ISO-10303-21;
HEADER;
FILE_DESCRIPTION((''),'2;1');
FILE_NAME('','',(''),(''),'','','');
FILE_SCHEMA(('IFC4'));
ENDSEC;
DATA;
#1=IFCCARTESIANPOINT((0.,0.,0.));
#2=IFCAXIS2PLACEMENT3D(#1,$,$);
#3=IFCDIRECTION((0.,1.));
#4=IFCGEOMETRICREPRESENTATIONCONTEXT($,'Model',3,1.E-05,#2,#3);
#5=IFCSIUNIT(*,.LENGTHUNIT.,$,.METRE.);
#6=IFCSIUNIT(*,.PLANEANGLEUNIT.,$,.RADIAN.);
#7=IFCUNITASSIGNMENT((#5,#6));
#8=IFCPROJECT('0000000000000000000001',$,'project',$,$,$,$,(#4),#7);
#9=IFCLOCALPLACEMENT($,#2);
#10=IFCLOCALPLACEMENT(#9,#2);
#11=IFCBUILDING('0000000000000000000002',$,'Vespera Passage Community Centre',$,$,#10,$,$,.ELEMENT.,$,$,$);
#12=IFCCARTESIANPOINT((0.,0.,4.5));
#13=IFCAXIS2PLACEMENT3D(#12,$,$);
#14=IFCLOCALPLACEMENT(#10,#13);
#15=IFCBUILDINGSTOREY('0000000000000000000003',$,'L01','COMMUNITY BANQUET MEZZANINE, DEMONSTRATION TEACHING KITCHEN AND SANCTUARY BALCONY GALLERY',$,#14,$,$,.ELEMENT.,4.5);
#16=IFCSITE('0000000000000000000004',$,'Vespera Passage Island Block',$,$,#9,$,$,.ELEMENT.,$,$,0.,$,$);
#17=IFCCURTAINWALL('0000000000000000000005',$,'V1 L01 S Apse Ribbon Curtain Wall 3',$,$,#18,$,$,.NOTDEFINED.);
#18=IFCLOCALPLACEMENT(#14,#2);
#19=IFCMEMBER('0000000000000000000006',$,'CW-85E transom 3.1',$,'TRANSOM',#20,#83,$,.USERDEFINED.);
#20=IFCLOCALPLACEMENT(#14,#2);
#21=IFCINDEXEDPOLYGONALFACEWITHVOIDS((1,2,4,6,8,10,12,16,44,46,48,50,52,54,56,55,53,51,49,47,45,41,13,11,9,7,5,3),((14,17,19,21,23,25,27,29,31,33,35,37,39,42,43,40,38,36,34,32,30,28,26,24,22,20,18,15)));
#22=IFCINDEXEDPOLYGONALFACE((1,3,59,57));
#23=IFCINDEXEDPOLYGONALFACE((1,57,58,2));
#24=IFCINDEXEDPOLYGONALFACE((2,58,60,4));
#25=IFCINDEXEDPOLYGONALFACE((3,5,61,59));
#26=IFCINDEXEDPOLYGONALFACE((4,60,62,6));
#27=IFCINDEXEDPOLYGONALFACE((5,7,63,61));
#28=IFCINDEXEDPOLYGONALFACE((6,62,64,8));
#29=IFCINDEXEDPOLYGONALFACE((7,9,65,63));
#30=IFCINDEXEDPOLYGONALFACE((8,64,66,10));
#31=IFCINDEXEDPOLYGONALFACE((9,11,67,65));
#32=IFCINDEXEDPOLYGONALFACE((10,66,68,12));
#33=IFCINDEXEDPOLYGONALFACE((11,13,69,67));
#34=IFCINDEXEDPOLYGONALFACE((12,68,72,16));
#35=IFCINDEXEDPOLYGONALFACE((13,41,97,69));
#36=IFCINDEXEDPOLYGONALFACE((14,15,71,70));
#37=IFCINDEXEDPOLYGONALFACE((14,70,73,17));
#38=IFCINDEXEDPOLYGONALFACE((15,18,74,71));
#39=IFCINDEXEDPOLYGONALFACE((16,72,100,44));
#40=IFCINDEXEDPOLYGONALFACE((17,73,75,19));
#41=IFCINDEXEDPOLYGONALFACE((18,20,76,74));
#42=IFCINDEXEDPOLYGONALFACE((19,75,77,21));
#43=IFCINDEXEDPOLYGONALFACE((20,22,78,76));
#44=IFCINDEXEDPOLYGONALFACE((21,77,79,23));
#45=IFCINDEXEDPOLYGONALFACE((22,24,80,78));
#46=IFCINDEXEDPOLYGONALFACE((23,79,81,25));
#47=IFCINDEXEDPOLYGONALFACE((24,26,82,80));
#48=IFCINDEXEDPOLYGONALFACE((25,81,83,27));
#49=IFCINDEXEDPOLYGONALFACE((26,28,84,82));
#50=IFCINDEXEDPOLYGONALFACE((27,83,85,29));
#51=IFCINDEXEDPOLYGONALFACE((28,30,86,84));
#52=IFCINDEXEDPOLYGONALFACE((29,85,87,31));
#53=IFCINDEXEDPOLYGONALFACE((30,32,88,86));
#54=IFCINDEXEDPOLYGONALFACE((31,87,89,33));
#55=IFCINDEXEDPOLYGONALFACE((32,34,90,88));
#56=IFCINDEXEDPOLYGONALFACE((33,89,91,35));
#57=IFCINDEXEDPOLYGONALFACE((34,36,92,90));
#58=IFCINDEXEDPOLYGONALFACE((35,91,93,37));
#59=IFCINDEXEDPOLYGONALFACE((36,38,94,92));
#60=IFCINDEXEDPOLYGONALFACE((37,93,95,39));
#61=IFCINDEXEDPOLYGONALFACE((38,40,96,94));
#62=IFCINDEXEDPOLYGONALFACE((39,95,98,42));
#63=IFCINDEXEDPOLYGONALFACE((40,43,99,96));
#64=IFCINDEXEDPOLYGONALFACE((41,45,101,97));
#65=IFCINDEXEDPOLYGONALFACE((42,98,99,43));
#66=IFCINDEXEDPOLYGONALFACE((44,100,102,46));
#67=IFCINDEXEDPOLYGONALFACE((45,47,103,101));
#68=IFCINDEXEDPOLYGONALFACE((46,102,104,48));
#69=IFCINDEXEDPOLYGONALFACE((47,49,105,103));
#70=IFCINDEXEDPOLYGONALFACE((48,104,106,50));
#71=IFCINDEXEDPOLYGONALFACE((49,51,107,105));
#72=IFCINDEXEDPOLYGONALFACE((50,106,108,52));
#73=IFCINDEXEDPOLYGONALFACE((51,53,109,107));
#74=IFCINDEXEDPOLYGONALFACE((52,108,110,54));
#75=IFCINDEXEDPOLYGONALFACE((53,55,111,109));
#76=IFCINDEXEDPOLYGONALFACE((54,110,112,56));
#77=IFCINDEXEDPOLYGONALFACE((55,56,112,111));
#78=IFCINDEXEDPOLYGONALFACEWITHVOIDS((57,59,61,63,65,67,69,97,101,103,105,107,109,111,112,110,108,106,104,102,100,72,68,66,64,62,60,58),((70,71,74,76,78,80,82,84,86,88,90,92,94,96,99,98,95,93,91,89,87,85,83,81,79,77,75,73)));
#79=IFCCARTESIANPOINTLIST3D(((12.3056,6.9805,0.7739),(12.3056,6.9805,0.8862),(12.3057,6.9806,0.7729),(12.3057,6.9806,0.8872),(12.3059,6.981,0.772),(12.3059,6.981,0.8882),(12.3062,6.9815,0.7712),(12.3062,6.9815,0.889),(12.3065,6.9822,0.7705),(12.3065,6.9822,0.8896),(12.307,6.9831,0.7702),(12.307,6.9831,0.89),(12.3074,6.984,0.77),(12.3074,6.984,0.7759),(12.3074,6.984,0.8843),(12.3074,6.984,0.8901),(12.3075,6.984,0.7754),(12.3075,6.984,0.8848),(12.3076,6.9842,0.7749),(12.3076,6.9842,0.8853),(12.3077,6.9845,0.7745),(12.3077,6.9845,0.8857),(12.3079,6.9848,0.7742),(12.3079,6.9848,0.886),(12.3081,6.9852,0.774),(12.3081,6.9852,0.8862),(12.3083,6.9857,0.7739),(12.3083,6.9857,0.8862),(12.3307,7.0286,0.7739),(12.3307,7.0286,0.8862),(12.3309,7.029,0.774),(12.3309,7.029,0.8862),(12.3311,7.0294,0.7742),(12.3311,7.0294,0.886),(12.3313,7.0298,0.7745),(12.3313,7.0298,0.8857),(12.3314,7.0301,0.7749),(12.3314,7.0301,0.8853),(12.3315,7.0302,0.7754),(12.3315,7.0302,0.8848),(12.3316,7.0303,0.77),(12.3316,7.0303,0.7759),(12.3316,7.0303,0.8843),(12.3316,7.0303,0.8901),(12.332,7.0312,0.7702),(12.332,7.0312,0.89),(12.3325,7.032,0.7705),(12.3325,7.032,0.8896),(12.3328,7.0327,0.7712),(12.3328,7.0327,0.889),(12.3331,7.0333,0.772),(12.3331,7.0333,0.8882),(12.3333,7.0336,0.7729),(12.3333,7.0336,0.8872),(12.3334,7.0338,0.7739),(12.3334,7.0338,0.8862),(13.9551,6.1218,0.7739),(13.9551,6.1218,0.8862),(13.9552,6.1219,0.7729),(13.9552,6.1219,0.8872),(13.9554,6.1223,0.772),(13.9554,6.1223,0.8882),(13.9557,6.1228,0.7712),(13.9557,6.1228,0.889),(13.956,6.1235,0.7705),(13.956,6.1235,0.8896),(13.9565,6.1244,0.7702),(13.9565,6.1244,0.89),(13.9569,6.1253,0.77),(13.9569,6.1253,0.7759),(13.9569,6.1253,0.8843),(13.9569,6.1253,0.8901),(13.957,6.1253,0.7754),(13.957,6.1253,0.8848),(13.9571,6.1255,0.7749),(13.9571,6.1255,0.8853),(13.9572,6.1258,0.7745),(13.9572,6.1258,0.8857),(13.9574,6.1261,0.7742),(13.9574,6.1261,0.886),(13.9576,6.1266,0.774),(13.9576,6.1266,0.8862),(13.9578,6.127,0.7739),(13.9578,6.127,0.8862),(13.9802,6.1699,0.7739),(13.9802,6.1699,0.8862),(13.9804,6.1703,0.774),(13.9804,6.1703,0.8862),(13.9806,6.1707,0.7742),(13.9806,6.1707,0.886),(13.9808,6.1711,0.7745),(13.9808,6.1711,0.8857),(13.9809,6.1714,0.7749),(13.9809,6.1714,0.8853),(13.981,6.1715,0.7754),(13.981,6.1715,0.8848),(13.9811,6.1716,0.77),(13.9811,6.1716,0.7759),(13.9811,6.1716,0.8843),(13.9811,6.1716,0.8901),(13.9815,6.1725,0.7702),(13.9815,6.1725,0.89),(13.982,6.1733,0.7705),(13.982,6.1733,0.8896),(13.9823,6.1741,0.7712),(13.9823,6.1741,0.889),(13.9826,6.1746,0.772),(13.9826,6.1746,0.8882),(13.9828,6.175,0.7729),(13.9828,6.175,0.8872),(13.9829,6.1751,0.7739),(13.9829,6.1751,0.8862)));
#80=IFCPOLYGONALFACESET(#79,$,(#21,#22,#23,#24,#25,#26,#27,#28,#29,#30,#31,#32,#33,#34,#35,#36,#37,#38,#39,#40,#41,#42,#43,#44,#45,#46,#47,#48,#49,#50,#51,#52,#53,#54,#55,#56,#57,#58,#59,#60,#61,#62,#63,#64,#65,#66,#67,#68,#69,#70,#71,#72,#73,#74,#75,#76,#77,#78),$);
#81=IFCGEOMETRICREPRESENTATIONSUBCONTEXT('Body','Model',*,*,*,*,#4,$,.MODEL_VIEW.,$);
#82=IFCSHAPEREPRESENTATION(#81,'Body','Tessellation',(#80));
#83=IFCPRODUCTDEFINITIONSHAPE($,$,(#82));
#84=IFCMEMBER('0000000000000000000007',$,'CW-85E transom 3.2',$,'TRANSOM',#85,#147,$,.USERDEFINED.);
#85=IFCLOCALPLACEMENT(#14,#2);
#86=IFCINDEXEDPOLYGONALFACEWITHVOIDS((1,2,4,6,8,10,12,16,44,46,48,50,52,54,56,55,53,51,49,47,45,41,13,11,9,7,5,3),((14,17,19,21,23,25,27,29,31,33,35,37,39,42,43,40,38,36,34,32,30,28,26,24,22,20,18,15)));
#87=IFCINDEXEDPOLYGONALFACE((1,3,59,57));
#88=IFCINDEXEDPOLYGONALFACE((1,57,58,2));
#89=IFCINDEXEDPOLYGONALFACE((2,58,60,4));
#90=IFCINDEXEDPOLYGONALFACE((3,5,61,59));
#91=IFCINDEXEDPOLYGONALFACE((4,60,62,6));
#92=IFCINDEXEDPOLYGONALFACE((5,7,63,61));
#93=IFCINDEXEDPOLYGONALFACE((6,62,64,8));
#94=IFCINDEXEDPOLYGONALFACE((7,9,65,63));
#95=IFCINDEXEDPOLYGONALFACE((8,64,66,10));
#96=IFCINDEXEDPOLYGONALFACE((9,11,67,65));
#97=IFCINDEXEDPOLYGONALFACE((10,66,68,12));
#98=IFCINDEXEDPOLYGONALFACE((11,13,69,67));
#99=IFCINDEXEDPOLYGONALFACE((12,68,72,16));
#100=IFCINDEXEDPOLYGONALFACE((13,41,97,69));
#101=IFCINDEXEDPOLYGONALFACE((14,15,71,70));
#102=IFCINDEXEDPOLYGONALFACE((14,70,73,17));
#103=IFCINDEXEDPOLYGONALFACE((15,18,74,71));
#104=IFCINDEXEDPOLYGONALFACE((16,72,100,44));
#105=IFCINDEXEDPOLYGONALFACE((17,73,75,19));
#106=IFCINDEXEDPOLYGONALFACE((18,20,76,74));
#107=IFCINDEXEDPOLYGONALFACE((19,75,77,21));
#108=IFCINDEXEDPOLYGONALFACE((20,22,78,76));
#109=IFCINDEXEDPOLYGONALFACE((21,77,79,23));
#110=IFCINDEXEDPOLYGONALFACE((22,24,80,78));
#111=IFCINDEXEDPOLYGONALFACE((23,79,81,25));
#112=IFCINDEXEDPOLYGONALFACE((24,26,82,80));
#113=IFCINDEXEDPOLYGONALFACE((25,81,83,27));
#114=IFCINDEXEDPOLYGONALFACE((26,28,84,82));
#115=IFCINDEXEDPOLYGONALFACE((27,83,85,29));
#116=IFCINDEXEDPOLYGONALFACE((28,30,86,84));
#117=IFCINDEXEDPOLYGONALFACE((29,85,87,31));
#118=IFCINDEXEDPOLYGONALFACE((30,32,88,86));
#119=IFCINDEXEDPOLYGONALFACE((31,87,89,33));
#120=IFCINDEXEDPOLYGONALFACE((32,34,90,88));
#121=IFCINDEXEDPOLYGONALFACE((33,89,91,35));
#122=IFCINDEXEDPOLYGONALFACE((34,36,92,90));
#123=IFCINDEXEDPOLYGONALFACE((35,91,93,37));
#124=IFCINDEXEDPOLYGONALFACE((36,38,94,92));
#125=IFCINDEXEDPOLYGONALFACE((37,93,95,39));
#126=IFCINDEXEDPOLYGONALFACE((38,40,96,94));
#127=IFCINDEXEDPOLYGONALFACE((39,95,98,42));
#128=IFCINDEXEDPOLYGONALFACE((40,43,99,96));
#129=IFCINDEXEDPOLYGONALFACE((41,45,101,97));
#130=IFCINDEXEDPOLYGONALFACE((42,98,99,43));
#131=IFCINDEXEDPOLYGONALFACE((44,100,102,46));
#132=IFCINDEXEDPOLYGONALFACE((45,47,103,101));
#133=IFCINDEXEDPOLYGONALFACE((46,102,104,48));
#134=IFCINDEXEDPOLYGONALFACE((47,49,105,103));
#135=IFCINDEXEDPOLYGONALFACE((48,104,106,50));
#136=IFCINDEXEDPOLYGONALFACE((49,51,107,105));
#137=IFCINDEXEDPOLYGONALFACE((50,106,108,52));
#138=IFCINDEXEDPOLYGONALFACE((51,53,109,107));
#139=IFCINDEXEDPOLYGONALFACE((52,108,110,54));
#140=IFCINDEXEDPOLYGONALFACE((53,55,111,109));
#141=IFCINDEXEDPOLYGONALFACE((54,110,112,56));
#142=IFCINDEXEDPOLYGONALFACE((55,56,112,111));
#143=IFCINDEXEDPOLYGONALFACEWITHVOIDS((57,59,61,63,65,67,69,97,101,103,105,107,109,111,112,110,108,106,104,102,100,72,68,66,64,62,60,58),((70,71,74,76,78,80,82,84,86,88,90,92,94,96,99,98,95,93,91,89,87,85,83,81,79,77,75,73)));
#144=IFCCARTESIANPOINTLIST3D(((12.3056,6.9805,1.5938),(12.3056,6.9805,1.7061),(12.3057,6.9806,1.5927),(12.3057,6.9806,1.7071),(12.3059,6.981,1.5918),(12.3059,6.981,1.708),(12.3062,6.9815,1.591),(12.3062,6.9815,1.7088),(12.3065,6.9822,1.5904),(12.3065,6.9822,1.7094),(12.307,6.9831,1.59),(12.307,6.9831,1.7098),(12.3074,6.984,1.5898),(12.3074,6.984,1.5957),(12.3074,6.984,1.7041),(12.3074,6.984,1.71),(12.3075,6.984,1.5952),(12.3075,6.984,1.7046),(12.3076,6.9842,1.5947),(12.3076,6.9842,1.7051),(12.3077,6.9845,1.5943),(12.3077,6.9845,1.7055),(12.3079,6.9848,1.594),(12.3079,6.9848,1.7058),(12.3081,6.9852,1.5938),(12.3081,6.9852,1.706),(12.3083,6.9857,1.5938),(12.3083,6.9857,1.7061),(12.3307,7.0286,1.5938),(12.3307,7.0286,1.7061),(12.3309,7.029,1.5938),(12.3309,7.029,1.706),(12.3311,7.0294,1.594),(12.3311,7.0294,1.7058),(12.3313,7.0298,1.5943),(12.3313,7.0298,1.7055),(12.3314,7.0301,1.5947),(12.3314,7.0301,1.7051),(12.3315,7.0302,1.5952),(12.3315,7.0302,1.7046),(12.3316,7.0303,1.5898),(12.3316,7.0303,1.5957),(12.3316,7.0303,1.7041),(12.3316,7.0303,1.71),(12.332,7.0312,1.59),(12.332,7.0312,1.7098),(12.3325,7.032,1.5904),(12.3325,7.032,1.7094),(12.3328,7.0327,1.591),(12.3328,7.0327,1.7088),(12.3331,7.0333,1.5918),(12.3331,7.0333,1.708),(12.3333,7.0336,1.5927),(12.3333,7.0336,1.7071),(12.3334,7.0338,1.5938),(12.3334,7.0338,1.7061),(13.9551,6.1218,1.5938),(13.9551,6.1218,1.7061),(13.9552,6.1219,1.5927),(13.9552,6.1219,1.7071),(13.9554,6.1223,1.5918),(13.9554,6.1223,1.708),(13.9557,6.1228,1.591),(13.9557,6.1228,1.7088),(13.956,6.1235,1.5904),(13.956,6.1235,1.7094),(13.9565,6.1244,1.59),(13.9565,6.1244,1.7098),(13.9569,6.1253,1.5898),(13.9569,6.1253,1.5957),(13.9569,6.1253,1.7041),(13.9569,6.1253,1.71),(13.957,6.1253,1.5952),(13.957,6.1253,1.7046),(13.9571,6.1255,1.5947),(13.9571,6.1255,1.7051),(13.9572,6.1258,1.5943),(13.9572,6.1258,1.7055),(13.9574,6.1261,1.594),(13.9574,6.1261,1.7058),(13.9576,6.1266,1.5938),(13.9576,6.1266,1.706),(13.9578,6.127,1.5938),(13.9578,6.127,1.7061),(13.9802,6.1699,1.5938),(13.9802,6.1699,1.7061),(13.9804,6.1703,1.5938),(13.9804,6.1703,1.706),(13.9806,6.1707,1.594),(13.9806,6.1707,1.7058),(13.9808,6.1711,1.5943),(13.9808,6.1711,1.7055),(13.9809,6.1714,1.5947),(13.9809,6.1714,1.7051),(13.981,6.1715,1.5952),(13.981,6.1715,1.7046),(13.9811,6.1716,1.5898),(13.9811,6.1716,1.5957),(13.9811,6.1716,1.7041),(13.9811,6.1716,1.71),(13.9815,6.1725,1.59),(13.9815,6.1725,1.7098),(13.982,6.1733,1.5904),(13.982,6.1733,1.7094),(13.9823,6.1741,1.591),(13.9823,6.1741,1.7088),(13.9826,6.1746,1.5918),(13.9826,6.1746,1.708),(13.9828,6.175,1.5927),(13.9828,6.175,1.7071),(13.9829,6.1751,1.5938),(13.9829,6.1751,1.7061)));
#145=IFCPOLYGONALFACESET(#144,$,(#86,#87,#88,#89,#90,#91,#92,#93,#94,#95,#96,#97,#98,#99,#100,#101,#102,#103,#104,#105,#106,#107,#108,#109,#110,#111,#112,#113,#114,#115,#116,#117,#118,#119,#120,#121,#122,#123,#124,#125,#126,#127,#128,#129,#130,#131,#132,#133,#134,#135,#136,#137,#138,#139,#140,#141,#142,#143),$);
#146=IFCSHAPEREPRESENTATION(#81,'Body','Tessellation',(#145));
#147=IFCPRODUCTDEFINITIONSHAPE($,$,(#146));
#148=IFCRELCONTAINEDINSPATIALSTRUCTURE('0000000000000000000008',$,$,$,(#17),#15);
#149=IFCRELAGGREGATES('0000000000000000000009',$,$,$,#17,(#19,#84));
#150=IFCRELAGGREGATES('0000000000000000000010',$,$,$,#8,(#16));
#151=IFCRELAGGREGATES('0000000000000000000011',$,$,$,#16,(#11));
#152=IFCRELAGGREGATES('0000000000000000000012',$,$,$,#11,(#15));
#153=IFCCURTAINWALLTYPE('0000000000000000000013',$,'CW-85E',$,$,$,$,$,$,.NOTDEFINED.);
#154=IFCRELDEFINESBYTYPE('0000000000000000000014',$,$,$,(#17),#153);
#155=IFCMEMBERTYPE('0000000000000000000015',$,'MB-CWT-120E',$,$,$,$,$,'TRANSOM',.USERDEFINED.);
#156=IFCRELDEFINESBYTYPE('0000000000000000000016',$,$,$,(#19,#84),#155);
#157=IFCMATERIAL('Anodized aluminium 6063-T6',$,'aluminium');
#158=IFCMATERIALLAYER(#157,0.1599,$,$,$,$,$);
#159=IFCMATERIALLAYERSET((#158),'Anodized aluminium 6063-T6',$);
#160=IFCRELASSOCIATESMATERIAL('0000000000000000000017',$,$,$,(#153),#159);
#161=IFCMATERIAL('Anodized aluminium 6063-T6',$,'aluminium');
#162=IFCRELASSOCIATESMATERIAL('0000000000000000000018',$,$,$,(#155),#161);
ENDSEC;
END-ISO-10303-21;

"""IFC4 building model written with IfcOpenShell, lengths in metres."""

from ifc_helpers import new_model, si_unit, direction, frame, origin, origin_2d, place, context, subcontext, project, spatial, hollow_rectangle, extrude, material, layer, layer_set, material_profile, profile_set, type_object, element, aggregate, save


model = new_model("IFC4")

# Units and contexts
model_context = context("Model", 3, precision=1e-05, world=origin(), true_north=direction((0.0, 1.0)))
body_context = subcontext(model_context, "Body", "Model", "MODEL_VIEW")
ifc_project = project(units=[si_unit("LENGTHUNIT", "METRE"), si_unit("PLANEANGLEUNIT", "RADIAN")], contexts=[model_context])

# Site, building, storey
site_placement = place(None, origin())
site = spatial("IfcSite", under=ifc_project, at=site_placement, Name="Vespera Passage Island Block", CompositionType="ELEMENT", RefElevation=0.0)
building_placement = place(site_placement, origin())
building = spatial("IfcBuilding", under=site, at=building_placement, Name="Vespera Passage Community Centre", CompositionType="ELEMENT")
storey_placement = place(building_placement, frame((0.0, 0.0, 4.5)))
storey = spatial("IfcBuildingStorey", under=building, at=storey_placement, Name="L01", Description="COMMUNITY BANQUET MEZZANINE, DEMONSTRATION TEACHING KITCHEN AND SANCTUARY BALCONY GALLERY", CompositionType="ELEMENT", Elevation=4.5)

# Shared definitions
ifc_material_1 = material(Name="Anodized aluminium 6063-T6", Category="aluminium")
ifc_layer_1 = layer(ifc_material_1, 0.1599)
ifc_layer_set_1 = layer_set([ifc_layer_1], Name="Anodized aluminium 6063-T6")
curtain_wall_type = type_object("IfcCurtainWallType", Name="CW-85E", PredefinedType="NOTDEFINED", material=ifc_layer_set_1)

# Curtain wall, members
curtain_wall_1_placement = place(storey_placement, origin())
curtain_wall_1 = element("IfcCurtainWall", 1, at=curtain_wall_1_placement, inside=storey, type_object=curtain_wall_type, Name="V1 L01 S Apse Ribbon Curtain Wall 3", PredefinedType="NOTDEFINED")
ifc_material_2 = material(Name="Anodized aluminium 6063-T6", Category="aluminium")
ifc_material_profile_1 = material_profile(ifc_material_2, hollow_rectangle(XDim=0.0601, YDim=0.1201, WallThickness=0.0039, InnerFilletRadius=0.002, OuterFilletRadius=0.0039, at=origin_2d()), Name="ALU120X60X4")
ifc_profile_set_1 = profile_set([ifc_material_profile_1], Name="Anodized aluminium 6063-T6")
member_type_1 = type_object("IfcMemberType", Name="MB-CWT-120E", ElementType="TRANSOM", PredefinedType="USERDEFINED", material=ifc_profile_set_1)
member_1_placement = place(storey_placement, frame((13.969, 6.1484, 0.8301), z_axis=(-0.887008, 0.461754, 0.0), x_axis=(-0.461754, -0.887008, 0.0)))
member_1 = element("IfcMember", 2, at=member_1_placement, type_object=member_type_1, Name="CW-85E transom 3.1", ObjectType="TRANSOM", PredefinedType="USERDEFINED", context=body_context, shape_type="SweptSolid", body=[
    extrude(hollow_rectangle(XDim=0.0601, YDim=0.1201, WallThickness=0.0039, InnerFilletRadius=0.002, OuterFilletRadius=0.0039, at=origin_2d()), origin(), (0.0, 0.0, 1.0), 1.8596),
])
member_2_placement = place(storey_placement, frame((13.969, 6.1484, 1.6499), z_axis=(-0.887008, 0.461754, 0.0), x_axis=(-0.461754, -0.887008, 0.0)))
member_2 = element("IfcMember", 3, at=member_2_placement, type_object=member_type_1, Name="CW-85E transom 3.2", ObjectType="TRANSOM", PredefinedType="USERDEFINED", context=body_context, shape_type="SweptSolid", body=[
    extrude(hollow_rectangle(XDim=0.0601, YDim=0.1201, WallThickness=0.0039, InnerFilletRadius=0.002, OuterFilletRadius=0.0039, at=origin_2d()), origin(), (0.0, 0.0, 1.0), 1.8596),
])

aggregate(curtain_wall_1, [member_1, member_2])

save(model, "model.ifc")
